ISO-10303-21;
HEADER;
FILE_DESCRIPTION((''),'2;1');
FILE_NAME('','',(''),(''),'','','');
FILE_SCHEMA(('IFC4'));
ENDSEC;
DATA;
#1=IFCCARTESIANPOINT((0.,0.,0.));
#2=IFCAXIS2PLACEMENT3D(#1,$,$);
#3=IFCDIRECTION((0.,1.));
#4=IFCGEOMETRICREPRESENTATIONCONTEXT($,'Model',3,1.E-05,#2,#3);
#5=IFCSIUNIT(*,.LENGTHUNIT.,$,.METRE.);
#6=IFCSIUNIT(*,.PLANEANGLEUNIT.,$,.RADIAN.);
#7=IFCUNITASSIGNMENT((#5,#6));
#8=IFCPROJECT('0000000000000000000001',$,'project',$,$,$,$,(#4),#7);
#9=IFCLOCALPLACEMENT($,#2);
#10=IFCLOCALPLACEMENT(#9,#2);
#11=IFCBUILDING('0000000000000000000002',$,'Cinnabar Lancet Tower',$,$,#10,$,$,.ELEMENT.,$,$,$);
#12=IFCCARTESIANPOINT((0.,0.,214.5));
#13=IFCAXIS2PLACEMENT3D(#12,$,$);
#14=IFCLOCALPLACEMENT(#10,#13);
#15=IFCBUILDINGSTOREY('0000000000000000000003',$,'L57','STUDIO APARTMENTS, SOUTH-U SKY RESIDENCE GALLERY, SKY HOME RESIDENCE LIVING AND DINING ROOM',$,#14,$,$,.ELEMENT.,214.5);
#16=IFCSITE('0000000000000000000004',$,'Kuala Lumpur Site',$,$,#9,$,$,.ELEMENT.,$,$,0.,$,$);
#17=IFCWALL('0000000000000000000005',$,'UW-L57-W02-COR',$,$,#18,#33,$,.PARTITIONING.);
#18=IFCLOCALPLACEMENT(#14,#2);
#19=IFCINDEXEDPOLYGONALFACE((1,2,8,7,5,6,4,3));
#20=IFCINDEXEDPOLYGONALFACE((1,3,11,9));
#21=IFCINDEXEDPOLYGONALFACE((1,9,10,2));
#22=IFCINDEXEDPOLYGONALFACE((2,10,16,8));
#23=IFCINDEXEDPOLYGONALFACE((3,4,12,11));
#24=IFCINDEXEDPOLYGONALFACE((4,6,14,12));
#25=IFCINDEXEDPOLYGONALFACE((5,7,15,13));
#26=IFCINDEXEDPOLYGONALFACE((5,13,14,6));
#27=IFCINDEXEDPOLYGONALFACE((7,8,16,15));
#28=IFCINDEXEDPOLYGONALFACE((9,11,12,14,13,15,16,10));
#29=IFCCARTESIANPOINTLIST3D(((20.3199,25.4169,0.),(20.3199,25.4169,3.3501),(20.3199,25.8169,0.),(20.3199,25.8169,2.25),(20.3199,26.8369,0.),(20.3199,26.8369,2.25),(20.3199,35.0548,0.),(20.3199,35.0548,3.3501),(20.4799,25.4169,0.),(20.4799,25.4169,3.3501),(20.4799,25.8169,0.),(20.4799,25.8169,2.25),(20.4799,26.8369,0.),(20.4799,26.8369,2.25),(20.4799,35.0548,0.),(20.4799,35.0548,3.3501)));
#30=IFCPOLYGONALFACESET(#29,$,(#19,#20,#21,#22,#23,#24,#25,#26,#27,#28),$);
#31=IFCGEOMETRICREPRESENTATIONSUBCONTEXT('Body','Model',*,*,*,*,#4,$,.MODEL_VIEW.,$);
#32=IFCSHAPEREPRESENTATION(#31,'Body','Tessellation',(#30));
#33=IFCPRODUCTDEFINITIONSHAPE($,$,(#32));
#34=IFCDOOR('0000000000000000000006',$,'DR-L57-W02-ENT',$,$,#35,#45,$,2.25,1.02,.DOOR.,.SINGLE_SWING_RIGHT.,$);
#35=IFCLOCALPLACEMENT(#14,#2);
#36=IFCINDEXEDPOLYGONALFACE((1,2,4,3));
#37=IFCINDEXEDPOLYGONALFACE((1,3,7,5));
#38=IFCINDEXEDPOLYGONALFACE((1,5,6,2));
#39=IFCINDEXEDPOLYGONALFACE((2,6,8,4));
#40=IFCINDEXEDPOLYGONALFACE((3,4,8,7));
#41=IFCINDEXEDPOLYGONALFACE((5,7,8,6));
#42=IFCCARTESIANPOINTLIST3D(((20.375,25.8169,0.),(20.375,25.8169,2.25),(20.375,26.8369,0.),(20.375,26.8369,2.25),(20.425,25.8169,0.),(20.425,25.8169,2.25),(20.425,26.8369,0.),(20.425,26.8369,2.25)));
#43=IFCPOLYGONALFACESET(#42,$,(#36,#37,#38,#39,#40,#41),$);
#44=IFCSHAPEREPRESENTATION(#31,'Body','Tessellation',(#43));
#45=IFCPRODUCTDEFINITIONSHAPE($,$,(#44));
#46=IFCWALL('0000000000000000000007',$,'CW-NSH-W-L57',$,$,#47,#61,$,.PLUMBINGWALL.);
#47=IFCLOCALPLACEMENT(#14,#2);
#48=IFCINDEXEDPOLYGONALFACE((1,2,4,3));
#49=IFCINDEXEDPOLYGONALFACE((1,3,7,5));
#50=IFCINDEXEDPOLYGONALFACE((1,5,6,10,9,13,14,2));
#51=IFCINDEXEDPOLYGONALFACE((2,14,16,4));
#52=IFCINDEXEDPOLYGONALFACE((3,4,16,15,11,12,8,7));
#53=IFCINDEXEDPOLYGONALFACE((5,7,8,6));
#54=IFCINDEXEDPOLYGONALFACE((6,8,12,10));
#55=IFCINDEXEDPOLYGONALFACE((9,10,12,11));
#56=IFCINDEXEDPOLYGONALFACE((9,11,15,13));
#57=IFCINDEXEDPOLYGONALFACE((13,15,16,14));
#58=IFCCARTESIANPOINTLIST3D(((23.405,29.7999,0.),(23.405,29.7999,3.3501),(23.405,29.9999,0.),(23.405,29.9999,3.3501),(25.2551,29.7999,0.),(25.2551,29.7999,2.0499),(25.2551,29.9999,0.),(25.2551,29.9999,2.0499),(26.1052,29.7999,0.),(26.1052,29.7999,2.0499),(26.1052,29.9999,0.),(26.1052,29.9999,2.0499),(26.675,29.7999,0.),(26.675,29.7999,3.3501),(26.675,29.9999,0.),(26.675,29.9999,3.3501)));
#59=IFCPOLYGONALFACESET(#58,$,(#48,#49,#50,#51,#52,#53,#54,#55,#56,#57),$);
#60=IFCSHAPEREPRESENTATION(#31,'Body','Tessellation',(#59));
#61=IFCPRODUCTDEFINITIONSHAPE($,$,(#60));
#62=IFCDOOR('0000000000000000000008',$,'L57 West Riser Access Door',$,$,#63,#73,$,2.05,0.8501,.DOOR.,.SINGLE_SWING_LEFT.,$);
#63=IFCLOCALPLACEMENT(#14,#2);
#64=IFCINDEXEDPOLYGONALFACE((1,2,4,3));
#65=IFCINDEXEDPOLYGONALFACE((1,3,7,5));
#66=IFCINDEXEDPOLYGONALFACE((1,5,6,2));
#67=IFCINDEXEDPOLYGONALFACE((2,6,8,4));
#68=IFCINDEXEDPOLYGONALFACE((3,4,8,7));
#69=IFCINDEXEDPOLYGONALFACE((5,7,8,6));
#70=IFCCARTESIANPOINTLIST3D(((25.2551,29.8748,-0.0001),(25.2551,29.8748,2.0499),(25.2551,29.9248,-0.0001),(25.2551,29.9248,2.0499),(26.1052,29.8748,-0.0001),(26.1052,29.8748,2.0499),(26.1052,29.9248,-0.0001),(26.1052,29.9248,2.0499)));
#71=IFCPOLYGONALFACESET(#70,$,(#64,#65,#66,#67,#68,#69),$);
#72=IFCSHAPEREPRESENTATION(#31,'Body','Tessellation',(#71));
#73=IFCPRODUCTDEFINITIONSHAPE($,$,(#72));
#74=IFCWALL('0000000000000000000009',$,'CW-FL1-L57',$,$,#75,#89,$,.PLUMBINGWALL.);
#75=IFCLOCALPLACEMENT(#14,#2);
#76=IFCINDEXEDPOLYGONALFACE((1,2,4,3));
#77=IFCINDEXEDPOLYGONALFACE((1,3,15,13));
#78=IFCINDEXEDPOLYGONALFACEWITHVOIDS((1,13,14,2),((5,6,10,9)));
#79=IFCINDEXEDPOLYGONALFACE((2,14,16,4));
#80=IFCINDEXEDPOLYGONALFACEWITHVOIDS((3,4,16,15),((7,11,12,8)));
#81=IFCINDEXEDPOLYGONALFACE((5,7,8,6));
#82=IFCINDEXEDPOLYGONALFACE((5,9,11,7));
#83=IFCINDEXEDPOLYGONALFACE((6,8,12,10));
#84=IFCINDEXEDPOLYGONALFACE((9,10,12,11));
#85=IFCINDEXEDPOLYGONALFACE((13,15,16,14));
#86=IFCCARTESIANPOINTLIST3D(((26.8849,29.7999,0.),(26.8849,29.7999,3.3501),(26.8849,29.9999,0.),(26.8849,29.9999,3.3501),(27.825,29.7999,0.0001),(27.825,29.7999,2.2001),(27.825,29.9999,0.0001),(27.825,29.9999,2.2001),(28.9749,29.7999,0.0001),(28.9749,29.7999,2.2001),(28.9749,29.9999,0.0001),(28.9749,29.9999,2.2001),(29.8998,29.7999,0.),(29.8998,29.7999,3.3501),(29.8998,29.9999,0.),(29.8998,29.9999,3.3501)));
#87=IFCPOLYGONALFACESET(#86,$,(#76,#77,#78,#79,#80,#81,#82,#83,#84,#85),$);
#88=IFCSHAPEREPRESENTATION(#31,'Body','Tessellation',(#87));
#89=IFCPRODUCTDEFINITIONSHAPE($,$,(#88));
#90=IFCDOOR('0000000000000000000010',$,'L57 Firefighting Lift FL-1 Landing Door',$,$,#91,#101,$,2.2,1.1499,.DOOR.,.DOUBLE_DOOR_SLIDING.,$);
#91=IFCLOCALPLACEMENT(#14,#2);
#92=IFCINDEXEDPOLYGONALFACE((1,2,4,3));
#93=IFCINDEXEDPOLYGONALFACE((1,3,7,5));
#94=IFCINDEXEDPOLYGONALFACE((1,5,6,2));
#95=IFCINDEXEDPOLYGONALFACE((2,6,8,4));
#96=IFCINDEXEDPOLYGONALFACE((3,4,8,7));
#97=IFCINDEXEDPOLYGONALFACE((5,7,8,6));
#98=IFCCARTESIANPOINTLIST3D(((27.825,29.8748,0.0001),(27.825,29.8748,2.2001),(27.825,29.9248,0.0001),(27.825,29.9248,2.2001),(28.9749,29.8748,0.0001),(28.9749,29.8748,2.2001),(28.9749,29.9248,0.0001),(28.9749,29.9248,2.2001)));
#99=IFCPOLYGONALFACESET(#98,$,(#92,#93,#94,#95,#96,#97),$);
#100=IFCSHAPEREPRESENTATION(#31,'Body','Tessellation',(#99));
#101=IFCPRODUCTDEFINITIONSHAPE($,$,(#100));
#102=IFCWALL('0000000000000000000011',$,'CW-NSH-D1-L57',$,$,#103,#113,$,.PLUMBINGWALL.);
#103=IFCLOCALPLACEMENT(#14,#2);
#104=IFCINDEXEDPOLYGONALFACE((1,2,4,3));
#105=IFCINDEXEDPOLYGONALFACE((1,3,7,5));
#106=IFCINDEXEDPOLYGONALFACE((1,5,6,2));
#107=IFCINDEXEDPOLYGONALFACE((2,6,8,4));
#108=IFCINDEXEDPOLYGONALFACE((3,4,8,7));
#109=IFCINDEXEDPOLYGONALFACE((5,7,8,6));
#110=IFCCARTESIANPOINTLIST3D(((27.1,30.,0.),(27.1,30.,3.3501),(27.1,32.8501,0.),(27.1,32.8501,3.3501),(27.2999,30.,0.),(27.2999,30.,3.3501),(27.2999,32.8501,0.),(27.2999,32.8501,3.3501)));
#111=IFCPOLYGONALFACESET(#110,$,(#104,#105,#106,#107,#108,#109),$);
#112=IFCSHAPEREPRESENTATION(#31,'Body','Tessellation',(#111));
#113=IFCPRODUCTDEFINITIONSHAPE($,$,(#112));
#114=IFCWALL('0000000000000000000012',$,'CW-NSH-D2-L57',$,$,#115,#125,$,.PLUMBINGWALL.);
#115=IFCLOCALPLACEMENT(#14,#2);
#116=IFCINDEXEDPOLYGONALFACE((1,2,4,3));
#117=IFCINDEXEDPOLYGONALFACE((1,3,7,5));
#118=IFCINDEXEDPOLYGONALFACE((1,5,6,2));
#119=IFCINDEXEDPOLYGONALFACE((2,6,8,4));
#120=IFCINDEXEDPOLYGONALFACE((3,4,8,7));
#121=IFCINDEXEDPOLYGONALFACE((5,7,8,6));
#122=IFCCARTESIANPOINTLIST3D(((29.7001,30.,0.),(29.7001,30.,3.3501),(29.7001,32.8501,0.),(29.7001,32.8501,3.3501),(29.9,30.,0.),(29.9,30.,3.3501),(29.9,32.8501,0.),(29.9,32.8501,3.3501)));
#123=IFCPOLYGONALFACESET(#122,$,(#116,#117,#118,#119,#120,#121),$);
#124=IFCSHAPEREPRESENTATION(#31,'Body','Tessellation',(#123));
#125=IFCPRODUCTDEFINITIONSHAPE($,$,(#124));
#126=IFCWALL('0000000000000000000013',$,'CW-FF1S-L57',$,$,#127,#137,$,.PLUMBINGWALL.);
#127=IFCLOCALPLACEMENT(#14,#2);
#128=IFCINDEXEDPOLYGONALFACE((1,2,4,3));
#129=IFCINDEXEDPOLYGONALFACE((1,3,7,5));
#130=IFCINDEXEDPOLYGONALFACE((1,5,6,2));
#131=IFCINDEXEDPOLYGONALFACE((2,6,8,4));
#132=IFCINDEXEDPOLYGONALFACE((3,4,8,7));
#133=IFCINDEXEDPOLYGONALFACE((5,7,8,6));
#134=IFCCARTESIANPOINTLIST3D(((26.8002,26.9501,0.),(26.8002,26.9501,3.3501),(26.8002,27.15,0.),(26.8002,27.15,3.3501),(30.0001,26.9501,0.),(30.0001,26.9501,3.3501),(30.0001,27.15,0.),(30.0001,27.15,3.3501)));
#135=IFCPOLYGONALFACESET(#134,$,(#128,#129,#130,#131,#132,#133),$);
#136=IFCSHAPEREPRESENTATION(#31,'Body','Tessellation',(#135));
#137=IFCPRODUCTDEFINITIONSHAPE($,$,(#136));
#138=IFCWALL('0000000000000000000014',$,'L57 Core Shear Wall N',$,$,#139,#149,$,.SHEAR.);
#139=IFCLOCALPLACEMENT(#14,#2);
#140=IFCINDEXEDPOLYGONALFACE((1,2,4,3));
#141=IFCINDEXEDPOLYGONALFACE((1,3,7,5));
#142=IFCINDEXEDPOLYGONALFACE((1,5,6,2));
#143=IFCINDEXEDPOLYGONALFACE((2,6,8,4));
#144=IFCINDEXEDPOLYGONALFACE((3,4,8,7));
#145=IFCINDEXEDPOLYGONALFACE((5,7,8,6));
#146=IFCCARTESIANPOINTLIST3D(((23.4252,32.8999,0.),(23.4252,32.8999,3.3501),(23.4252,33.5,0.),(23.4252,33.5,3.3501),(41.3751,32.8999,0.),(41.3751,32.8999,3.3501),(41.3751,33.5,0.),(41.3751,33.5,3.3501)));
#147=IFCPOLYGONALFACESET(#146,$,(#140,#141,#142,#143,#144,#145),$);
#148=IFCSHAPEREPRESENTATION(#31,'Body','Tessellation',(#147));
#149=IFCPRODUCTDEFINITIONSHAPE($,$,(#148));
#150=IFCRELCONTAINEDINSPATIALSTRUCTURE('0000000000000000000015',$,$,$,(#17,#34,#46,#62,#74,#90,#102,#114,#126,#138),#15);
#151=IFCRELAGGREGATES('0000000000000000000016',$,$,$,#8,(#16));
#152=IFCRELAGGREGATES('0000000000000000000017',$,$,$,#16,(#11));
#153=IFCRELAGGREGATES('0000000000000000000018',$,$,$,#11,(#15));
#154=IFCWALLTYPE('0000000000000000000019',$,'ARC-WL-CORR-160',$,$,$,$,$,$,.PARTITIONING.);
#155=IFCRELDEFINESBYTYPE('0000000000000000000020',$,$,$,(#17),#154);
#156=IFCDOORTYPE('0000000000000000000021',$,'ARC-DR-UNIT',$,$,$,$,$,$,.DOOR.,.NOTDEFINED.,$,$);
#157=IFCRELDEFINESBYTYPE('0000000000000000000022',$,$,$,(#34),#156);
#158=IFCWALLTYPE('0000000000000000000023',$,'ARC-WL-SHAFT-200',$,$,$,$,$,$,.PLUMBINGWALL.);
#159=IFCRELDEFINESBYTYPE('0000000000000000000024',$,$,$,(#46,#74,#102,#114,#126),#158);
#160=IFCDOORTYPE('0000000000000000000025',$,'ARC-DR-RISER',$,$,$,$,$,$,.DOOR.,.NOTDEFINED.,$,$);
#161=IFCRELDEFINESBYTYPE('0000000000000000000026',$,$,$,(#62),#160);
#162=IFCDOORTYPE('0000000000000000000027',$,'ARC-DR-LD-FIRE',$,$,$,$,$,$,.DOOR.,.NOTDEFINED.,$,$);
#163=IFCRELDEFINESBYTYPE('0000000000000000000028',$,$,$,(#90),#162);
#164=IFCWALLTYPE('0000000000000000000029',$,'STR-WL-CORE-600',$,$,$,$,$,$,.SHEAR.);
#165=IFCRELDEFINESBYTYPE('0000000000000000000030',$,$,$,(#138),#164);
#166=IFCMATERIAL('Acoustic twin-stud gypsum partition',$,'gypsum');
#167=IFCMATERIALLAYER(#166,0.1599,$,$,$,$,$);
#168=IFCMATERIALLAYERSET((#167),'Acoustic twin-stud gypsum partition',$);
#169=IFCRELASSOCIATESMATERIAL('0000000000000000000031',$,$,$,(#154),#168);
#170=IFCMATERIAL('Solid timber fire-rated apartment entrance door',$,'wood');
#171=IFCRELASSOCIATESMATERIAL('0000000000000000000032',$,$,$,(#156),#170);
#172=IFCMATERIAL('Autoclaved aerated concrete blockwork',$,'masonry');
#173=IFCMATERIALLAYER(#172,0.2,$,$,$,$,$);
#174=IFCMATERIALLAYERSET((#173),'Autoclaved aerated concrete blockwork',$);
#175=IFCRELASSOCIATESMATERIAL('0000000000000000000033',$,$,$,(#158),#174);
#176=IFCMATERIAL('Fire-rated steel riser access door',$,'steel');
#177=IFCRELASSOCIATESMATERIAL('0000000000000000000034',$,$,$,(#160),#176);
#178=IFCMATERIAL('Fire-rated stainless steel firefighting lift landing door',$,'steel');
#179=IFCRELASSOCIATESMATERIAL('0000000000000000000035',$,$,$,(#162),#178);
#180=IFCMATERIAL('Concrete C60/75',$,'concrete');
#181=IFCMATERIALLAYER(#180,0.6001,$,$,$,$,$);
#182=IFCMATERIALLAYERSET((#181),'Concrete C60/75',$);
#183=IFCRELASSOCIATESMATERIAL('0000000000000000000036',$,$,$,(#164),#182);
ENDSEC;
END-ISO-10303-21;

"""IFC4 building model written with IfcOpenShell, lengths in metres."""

from ifc_helpers import new_model, si_unit, direction, frame, frame_2d, origin, place, context, subcontext, project, spatial, rectangle, extrude, material, layer, layer_set, type_object, element, fill, save


model = new_model("IFC4")

# Units and contexts
model_context = context("Model", 3, precision=1e-05, world=origin(), true_north=direction((0.0, 1.0)))
body_context = subcontext(model_context, "Body", "Model", "MODEL_VIEW")
ifc_project = project(units=[si_unit("LENGTHUNIT", "METRE"), si_unit("PLANEANGLEUNIT", "RADIAN")], contexts=[model_context])

# Site, building, storey
site_placement = place(None, origin())
site = spatial("IfcSite", under=ifc_project, at=site_placement, Name="Kuala Lumpur Site", CompositionType="ELEMENT", RefElevation=0.0)
building_placement = place(site_placement, origin())
building = spatial("IfcBuilding", under=site, at=building_placement, Name="Cinnabar Lancet Tower", CompositionType="ELEMENT")
storey_placement = place(building_placement, frame((0.0, 0.0, 214.5)))
storey = spatial("IfcBuildingStorey", under=building, at=storey_placement, Name="L57", Description="STUDIO APARTMENTS, SOUTH-U SKY RESIDENCE GALLERY, SKY HOME RESIDENCE LIVING AND DINING ROOM", CompositionType="ELEMENT", Elevation=214.5)

# Walls, openings, doors
ifc_material_1 = material(Name="Acoustic twin-stud gypsum partition", Category="gypsum")
ifc_layer_1 = layer(ifc_material_1, 0.1599)
ifc_layer_set_1 = layer_set([ifc_layer_1], Name="Acoustic twin-stud gypsum partition")
wall_type_1 = type_object("IfcWallType", Name="ARC-WL-CORR-160", PredefinedType="PARTITIONING", material=ifc_layer_set_1)
wall_1_placement = place(storey_placement, frame((20.3999, 25.417, 0.0), z_axis=(0.0, 0.0, 1.0), x_axis=(0.0, 1.0, 0.0)))
wall_1 = element("IfcWall", 1, at=wall_1_placement, inside=storey, type_object=wall_type_1, Name="UW-L57-W02-COR", PredefinedType="PARTITIONING", context=body_context, shape_type="SweptSolid", body=[
    extrude(rectangle(XDim=9.6379, YDim=0.1599, at=frame_2d((4.8188, 0.0))), origin(), (0.0, 0.0, 1.0), 3.3501),
])
opening_1_placement = place(wall_1_placement, frame((0.3999, 0.0, 0.0)))
opening_1 = element("IfcOpeningElement", 2, at=opening_1_placement, cuts=wall_1, PredefinedType="OPENING", context=body_context, shape_type="SweptSolid", body=[
    extrude(rectangle(XDim=1.02, YDim=2.25, at=frame_2d((0.51, 1.125))), frame((0.0, 0.0898, 0.0), z_axis=(0.0, -1.0, 0.0), x_axis=(1.0, 0.0, 0.0)), (0.0, 0.0, 1.0), 0.1799),
])
ifc_material_2 = material(Name="Solid timber fire-rated apartment entrance door", Category="wood")
door_type_1 = type_object("IfcDoorType", Name="ARC-DR-UNIT", OperationType="NOTDEFINED", PredefinedType="DOOR", material=ifc_material_2)
door_1_placement = place(opening_1_placement, origin())
door_1 = element("IfcDoor", 3, at=door_1_placement, inside=storey, type_object=door_type_1, Name="DR-L57-W02-ENT", OperationType="SINGLE_SWING_RIGHT", OverallHeight=2.25, OverallWidth=1.02, PredefinedType="DOOR", context=body_context, shape_type="SweptSolid", body=[
    extrude(rectangle(XDim=1.02, YDim=2.25, at=frame_2d((0.51, 1.125))), frame((0.0, 0.0249, 0.0), z_axis=(0.0, -1.0, 0.0), x_axis=(1.0, 0.0, 0.0)), (0.0, 0.0, 1.0), 0.05),
])
fill(opening_1, door_1)
ifc_material_3 = material(Name="Autoclaved aerated concrete blockwork", Category="masonry")
ifc_layer_2 = layer(ifc_material_3, 0.2)
ifc_layer_set_2 = layer_set([ifc_layer_2], Name="Autoclaved aerated concrete blockwork")
wall_type_2 = type_object("IfcWallType", Name="ARC-WL-SHAFT-200", PredefinedType="PLUMBINGWALL", material=ifc_layer_set_2)
wall_2_placement = place(storey_placement, frame((23.405, 29.8999, 0.0), z_axis=(0.0, 0.0, 1.0), x_axis=(1.0, 0.0, 0.0)))
wall_2 = element("IfcWall", 4, at=wall_2_placement, inside=storey, type_object=wall_type_2, Name="CW-NSH-W-L57", PredefinedType="PLUMBINGWALL", context=body_context, shape_type="SweptSolid", body=[
    extrude(rectangle(XDim=3.27, YDim=0.2, at=frame_2d((1.635, 0.0))), origin(), (0.0, 0.0, 1.0), 3.3501),
])
opening_2_placement = place(wall_2_placement, frame((1.8501, 0.0, 0.0)))
opening_2 = element("IfcOpeningElement", 5, at=opening_2_placement, cuts=wall_2, PredefinedType="OPENING", context=body_context, shape_type="SweptSolid", body=[
    extrude(rectangle(XDim=0.8501, YDim=2.05, at=frame_2d((0.425, 1.0249))), frame((0.0, 0.1099, 0.0), z_axis=(0.0, -1.0, 0.0), x_axis=(1.0, 0.0, 0.0)), (0.0, 0.0, 1.0), 0.22),
])
ifc_material_4 = material(Name="Fire-rated steel riser access door", Category="steel")
door_type_2 = type_object("IfcDoorType", Name="ARC-DR-RISER", OperationType="NOTDEFINED", PredefinedType="DOOR", material=ifc_material_4)
door_2_placement = place(opening_2_placement, origin())
door_2 = element("IfcDoor", 6, at=door_2_placement, inside=storey, type_object=door_type_2, Name="L57 West Riser Access Door", OperationType="SINGLE_SWING_LEFT", OverallHeight=2.05, OverallWidth=0.8501, PredefinedType="DOOR", context=body_context, shape_type="SweptSolid", body=[
    extrude(rectangle(XDim=0.8501, YDim=2.05, at=frame_2d((0.425, 1.0249))), frame((0.0, 0.0249, 0.0), z_axis=(0.0, -1.0, 0.0), x_axis=(1.0, 0.0, 0.0)), (0.0, 0.0, 1.0), 0.05),
])
fill(opening_2, door_2)
wall_3_placement = place(storey_placement, frame((26.885, 29.8999, 0.0), z_axis=(0.0, 0.0, 1.0), x_axis=(1.0, 0.0, 0.0)))
wall_3 = element("IfcWall", 7, at=wall_3_placement, inside=storey, type_object=wall_type_2, Name="CW-FL1-L57", PredefinedType="PLUMBINGWALL", context=body_context, shape_type="SweptSolid", body=[
    extrude(rectangle(XDim=3.0149, YDim=0.2, at=frame_2d((1.5073, 0.0))), origin(), (0.0, 0.0, 1.0), 3.3501),
])
opening_3_placement = place(wall_3_placement, frame((0.9399, 0.0, 0.0)))
opening_3 = element("IfcOpeningElement", 8, at=opening_3_placement, cuts=wall_3, PredefinedType="OPENING", context=body_context, shape_type="SweptSolid", body=[
    extrude(rectangle(XDim=1.1499, YDim=2.2, at=frame_2d((0.575, 1.1001))), frame((0.0, 0.1099, 0.0), z_axis=(0.0, -1.0, 0.0), x_axis=(1.0, 0.0, 0.0)), (0.0, 0.0, 1.0), 0.22),
])
ifc_material_5 = material(Name="Fire-rated stainless steel firefighting lift landing door", Category="steel")
door_type_3 = type_object("IfcDoorType", Name="ARC-DR-LD-FIRE", OperationType="NOTDEFINED", PredefinedType="DOOR", material=ifc_material_5)
door_3_placement = place(opening_3_placement, origin())
door_3 = element("IfcDoor", 9, at=door_3_placement, inside=storey, type_object=door_type_3, Name="L57 Firefighting Lift FL-1 Landing Door", OperationType="DOUBLE_DOOR_SLIDING", OverallHeight=2.2, OverallWidth=1.1499, PredefinedType="DOOR", context=body_context, shape_type="SweptSolid", body=[
    extrude(rectangle(XDim=1.1499, YDim=2.2, at=frame_2d((0.575, 1.1001))), frame((0.0, 0.0249, 0.0), z_axis=(0.0, -1.0, 0.0), x_axis=(1.0, 0.0, 0.0)), (0.0, 0.0, 1.0), 0.05),
])
fill(opening_3, door_3)

# Walls
for number, where, z_axis, x_axis, name in (
    (10, (27.2, 30.0, 0.0), (0.0, 0.0, 1.0), (0.0, 1.0, 0.0), "CW-NSH-D1-L57"),
    (11, (29.8, 30.0, 0.0), (0.0, 0.0, 1.0), (0.0, 1.0, 0.0), "CW-NSH-D2-L57"),
):
    element("IfcWall", number, at=place(storey_placement, frame(where, z_axis=z_axis, x_axis=x_axis)), inside=storey, type_object=wall_type_2, Name=name, PredefinedType="PLUMBINGWALL", context=body_context, shape_type="SweptSolid", body=[
        extrude(rectangle(XDim=2.8501, YDim=0.2, at=frame_2d((1.425, 0.0))), origin(), (0.0, 0.0, 1.0), 3.3501),
    ])
wall_4_placement = place(storey_placement, frame((26.8, 27.05, 0.0), z_axis=(0.0, 0.0, 1.0), x_axis=(1.0, 0.0, 0.0)))
element("IfcWall", 12, at=wall_4_placement, inside=storey, type_object=wall_type_2, Name="CW-FF1S-L57", PredefinedType="PLUMBINGWALL", context=body_context, shape_type="SweptSolid", body=[
    extrude(rectangle(XDim=3.2, YDim=0.2, at=frame_2d((1.6001, 0.0))), origin(), (0.0, 0.0, 1.0), 3.3501),
])
ifc_material_6 = material(Name="Concrete C60/75", Category="concrete")
ifc_layer_3 = layer(ifc_material_6, 0.6001)
ifc_layer_set_3 = layer_set([ifc_layer_3], Name="Concrete C60/75")
wall_type_3 = type_object("IfcWallType", Name="STR-WL-CORE-600", PredefinedType="SHEAR", material=ifc_layer_set_3)
wall_5_placement = place(storey_placement, frame((23.425, 33.2, 0.0), z_axis=(0.0, 0.0, 1.0), x_axis=(1.0, 0.0, 0.0)))
element("IfcWall", 13, at=wall_5_placement, inside=storey, type_object=wall_type_3, Name="L57 Core Shear Wall N", PredefinedType="SHEAR", context=body_context, shape_type="SweptSolid", body=[
    extrude(rectangle(XDim=17.95, YDim=0.6001, at=frame_2d((8.9751, 0.0))), origin(), (0.0, 0.0, 1.0), 3.3501),
])

save(model, "model.ifc")
